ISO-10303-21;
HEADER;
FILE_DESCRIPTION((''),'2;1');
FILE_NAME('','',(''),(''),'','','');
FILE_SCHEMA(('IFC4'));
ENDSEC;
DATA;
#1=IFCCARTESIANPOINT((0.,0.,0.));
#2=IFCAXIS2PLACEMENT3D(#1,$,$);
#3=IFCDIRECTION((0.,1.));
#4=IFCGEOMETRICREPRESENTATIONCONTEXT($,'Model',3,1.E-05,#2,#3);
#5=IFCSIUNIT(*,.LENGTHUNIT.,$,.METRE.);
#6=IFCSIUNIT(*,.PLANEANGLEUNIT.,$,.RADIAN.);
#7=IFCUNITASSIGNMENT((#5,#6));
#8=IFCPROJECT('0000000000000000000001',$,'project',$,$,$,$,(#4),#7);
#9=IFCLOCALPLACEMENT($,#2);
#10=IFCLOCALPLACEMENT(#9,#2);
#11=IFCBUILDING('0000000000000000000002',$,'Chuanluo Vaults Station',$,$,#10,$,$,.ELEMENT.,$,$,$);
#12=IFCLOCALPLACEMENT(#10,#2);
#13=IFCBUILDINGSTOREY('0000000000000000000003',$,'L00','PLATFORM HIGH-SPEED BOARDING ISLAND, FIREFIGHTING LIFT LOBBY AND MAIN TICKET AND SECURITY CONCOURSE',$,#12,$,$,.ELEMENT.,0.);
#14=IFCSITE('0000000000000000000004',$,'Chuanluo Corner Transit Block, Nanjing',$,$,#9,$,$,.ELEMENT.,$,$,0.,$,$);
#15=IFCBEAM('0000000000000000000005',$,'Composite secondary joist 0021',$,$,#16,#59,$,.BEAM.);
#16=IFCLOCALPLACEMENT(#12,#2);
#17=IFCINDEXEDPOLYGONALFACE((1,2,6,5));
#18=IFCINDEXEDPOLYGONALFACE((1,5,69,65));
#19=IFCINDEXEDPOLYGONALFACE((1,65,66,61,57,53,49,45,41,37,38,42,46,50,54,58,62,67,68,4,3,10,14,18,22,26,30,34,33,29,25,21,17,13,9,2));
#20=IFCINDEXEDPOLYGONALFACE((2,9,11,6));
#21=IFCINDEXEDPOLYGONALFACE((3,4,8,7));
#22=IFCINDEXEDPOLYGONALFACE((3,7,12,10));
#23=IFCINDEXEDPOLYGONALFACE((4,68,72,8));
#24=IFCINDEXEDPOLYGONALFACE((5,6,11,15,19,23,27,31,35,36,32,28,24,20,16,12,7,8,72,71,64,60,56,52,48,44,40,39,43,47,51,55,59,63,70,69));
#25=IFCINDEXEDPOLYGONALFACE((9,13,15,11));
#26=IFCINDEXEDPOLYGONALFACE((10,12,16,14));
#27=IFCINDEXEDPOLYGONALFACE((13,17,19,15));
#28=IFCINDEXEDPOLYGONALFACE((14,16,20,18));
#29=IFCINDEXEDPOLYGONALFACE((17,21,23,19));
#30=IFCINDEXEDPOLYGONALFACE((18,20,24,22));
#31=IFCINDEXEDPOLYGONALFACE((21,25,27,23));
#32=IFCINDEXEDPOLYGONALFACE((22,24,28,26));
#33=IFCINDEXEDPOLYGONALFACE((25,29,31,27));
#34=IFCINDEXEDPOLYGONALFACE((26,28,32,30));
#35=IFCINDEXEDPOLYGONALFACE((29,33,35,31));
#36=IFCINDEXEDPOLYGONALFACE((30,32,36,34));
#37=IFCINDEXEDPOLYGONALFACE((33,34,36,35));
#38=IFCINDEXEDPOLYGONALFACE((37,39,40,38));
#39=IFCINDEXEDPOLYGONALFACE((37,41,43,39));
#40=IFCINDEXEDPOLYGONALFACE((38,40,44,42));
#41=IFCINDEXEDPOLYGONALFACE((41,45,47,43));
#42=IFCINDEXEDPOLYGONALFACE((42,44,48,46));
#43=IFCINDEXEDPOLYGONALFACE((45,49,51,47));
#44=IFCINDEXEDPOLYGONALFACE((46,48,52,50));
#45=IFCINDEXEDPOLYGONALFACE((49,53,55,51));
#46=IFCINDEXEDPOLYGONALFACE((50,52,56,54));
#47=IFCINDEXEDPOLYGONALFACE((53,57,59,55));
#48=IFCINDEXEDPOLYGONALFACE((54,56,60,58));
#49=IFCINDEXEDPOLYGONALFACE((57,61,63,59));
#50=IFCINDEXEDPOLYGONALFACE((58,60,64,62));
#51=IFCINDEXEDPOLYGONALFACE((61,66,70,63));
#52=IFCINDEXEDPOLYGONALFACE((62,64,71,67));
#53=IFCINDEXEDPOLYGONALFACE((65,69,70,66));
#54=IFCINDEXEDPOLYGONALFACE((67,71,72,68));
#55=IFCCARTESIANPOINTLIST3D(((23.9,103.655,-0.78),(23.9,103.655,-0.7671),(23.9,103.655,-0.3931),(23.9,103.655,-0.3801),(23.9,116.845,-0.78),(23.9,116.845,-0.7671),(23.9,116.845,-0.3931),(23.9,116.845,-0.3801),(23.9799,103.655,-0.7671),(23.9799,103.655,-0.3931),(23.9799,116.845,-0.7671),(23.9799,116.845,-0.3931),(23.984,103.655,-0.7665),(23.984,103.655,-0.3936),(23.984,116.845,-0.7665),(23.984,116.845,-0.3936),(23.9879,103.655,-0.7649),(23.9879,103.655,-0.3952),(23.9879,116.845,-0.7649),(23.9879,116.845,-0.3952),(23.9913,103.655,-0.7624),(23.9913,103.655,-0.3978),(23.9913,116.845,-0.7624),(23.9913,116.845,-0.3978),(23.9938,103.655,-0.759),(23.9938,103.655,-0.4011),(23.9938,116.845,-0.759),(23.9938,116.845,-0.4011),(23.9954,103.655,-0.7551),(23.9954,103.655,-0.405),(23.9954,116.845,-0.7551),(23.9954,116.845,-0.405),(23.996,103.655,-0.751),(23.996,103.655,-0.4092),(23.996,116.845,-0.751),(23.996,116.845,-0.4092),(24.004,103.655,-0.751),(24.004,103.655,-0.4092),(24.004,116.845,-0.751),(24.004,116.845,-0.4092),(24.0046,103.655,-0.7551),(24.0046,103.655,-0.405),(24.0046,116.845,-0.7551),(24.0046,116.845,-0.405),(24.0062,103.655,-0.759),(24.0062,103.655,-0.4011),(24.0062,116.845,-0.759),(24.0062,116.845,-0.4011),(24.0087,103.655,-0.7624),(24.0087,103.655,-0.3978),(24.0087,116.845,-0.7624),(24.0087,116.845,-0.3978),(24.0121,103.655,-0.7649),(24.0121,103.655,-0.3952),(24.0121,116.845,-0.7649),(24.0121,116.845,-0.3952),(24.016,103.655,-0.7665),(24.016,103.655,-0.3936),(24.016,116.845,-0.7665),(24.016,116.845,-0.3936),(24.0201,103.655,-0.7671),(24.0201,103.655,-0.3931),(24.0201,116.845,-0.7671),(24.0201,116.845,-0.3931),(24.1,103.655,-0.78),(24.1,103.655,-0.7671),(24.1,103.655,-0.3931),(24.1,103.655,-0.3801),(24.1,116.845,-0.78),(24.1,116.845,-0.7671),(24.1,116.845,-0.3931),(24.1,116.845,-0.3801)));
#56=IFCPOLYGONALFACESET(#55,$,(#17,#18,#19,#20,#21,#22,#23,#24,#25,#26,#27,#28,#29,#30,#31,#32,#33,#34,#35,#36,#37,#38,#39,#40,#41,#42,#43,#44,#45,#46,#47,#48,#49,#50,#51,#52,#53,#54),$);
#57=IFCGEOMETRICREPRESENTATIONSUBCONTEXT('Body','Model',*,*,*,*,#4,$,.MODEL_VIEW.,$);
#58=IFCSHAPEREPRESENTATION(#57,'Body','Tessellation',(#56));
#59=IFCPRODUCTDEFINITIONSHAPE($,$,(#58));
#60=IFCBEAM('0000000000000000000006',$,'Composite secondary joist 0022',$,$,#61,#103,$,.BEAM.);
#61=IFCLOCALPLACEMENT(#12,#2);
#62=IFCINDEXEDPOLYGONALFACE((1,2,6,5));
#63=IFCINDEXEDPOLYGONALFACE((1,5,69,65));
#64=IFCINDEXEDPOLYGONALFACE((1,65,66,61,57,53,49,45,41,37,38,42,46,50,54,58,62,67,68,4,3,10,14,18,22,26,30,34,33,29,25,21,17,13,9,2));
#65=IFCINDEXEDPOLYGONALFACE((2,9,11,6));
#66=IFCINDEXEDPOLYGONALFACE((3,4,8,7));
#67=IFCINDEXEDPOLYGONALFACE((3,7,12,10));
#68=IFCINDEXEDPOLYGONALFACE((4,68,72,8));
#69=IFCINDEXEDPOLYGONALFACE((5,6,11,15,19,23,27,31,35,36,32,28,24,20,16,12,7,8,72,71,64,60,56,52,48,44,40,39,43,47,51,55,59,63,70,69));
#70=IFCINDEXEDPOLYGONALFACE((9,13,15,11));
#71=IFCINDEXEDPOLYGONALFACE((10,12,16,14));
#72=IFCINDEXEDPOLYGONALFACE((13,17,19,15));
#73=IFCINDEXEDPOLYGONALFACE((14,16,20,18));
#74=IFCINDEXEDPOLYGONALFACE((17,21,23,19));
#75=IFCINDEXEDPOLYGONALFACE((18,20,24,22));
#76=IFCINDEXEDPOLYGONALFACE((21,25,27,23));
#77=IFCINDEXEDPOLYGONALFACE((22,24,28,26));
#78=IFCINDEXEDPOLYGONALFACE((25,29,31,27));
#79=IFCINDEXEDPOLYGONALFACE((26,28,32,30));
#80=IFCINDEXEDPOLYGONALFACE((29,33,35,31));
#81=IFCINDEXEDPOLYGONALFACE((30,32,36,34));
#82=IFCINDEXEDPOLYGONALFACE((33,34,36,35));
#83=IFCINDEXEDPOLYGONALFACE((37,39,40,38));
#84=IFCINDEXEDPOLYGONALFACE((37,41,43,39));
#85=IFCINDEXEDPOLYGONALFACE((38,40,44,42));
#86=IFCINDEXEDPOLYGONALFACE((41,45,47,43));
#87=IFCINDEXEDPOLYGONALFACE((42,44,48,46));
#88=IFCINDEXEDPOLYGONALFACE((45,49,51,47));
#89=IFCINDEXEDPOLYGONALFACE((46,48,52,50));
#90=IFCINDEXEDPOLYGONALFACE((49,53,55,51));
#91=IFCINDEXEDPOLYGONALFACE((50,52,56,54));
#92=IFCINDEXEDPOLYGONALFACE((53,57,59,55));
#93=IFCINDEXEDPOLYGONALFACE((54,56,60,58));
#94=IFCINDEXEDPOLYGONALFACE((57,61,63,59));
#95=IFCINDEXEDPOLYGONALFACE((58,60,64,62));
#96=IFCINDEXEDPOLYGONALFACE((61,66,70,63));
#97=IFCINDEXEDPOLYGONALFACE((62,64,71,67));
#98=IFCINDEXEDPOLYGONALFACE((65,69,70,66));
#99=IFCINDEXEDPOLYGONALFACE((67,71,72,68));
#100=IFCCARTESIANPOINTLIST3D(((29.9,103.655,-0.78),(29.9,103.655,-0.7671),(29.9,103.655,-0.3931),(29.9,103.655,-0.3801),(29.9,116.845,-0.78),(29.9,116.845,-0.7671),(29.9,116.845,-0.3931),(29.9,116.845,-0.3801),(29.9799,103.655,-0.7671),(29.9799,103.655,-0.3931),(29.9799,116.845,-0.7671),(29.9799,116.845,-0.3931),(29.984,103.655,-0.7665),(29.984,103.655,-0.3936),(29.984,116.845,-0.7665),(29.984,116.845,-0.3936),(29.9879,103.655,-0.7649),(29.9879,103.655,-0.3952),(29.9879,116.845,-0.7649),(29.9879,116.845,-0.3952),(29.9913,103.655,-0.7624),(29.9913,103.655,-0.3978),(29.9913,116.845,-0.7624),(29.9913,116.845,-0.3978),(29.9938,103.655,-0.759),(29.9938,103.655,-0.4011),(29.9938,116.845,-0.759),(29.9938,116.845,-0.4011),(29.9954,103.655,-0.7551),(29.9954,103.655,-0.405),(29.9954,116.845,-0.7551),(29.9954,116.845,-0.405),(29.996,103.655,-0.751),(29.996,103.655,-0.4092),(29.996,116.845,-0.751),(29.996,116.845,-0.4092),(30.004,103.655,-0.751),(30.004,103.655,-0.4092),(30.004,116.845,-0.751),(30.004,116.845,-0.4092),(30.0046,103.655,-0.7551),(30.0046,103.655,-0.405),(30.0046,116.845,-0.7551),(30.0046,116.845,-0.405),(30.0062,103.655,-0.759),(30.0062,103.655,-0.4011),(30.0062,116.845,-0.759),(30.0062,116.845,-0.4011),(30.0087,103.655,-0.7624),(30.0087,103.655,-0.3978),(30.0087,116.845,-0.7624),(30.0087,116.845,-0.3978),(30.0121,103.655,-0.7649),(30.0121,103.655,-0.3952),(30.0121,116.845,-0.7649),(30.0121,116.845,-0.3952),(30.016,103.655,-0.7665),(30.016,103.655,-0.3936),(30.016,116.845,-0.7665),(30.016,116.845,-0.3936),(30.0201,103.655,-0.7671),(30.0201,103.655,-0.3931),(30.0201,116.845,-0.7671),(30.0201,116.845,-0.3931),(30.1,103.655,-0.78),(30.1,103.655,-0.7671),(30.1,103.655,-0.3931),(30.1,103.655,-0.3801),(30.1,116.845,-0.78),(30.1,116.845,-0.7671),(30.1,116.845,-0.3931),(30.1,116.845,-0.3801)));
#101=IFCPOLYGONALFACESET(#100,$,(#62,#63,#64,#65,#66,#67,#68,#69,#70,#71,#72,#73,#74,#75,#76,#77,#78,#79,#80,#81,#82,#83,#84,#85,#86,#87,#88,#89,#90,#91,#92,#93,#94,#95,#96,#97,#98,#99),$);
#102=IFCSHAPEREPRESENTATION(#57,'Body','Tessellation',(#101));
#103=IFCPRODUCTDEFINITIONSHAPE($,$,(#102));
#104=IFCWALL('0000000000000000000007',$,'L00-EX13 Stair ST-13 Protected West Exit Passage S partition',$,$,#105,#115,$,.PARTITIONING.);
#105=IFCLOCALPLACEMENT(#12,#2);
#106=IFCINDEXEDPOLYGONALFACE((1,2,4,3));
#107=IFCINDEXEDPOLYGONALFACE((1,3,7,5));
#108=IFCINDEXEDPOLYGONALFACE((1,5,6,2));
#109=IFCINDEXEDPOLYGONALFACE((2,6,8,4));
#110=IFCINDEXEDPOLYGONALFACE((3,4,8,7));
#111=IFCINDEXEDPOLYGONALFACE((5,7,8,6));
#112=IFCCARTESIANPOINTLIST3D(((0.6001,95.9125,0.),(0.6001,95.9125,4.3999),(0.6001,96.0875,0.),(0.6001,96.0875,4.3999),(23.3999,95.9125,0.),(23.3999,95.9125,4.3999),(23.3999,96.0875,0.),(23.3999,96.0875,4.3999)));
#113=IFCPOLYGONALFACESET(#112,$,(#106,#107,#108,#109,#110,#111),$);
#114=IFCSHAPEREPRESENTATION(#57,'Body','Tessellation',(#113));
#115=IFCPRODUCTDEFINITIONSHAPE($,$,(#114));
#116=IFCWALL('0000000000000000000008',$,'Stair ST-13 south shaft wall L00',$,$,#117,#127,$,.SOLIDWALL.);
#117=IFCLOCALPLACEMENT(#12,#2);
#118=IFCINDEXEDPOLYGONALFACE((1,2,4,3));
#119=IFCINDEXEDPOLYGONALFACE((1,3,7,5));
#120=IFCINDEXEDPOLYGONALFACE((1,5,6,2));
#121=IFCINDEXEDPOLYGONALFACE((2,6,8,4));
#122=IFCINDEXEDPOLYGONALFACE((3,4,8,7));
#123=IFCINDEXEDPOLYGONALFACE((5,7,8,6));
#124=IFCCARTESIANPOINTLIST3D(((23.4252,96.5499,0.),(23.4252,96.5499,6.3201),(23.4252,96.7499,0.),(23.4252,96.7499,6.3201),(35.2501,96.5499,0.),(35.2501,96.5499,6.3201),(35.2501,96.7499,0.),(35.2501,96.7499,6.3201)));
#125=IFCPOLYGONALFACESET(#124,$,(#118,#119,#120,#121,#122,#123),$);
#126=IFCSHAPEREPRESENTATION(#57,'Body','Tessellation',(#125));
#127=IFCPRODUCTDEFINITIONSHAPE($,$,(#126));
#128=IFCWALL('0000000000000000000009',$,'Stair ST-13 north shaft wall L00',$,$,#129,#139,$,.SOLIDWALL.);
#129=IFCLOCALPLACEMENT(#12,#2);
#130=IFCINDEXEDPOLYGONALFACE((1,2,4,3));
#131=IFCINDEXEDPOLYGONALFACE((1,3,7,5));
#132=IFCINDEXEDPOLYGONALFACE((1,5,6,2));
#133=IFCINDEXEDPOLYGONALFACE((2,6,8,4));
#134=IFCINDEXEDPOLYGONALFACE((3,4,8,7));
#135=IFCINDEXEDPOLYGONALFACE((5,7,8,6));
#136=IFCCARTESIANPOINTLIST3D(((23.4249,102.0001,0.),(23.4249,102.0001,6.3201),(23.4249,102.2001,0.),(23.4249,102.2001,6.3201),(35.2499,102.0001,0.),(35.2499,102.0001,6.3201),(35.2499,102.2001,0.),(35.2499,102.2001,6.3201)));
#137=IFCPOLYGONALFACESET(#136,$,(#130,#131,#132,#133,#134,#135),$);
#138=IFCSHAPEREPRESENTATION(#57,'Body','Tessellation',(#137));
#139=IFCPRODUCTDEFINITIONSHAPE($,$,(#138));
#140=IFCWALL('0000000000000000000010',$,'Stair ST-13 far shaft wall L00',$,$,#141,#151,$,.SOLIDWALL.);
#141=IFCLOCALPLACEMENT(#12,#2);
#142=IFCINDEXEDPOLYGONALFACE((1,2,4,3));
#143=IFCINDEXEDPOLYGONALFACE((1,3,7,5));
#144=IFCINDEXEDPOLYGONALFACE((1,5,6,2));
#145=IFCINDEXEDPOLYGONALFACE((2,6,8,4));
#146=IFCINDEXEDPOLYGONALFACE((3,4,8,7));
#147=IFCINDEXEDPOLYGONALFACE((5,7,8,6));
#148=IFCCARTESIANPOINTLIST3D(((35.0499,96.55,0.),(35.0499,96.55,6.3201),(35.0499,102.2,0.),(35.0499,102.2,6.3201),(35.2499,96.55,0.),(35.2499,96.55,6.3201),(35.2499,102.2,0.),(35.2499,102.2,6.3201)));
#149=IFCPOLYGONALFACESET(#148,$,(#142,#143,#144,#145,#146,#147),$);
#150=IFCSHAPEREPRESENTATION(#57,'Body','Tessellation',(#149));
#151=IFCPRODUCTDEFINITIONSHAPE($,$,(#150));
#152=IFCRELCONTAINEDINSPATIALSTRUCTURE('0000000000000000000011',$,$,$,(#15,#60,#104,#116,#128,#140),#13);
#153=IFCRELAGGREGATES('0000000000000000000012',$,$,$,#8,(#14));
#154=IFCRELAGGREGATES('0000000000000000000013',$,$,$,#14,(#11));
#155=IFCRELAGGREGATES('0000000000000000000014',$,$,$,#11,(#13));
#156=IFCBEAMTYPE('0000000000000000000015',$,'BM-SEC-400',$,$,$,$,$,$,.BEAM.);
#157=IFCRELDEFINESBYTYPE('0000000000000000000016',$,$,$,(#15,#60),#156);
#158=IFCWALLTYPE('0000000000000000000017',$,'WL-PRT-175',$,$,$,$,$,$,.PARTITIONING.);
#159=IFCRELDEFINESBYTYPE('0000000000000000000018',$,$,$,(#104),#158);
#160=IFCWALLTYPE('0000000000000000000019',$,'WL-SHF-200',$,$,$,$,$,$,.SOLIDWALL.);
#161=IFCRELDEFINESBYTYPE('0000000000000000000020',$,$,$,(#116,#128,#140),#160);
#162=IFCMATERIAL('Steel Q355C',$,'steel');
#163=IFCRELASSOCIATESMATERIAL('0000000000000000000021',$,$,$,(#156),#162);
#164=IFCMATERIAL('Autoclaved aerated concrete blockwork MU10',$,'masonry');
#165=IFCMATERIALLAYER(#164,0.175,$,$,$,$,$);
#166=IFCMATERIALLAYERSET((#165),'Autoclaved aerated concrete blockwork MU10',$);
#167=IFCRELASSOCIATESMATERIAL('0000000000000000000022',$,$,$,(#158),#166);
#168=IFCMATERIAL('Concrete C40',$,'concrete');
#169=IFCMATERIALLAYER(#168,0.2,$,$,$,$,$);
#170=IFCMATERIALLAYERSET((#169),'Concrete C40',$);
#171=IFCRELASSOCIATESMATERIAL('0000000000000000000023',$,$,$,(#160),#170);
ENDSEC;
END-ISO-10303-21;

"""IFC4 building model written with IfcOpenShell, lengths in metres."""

from ifc_helpers import new_model, si_unit, direction, frame, frame_2d, origin, origin_2d, place, context, subcontext, project, spatial, rectangle, i_section, extrude, material, layer, layer_set, material_profile, profile_set, type_object, element, save


model = new_model("IFC4")

# Units and contexts
model_context = context("Model", 3, precision=1e-05, world=origin(), true_north=direction((0.0, 1.0)))
body_context = subcontext(model_context, "Body", "Model", "MODEL_VIEW")
ifc_project = project(units=[si_unit("LENGTHUNIT", "METRE"), si_unit("PLANEANGLEUNIT", "RADIAN")], contexts=[model_context])

# Site, building, storey
site_placement = place(None, origin())
site = spatial("IfcSite", under=ifc_project, at=site_placement, Name="Chuanluo Corner Transit Block, Nanjing", CompositionType="ELEMENT", RefElevation=0.0)
building_placement = place(site_placement, origin())
building = spatial("IfcBuilding", under=site, at=building_placement, Name="Chuanluo Vaults Station", CompositionType="ELEMENT")
storey_placement = place(building_placement, origin())
storey = spatial("IfcBuildingStorey", under=building, at=storey_placement, Name="L00", Description="PLATFORM HIGH-SPEED BOARDING ISLAND, FIREFIGHTING LIFT LOBBY AND MAIN TICKET AND SECURITY CONCOURSE", CompositionType="ELEMENT", Elevation=0.0)

# Beams
ifc_material_1 = material(Name="Steel Q355C", Category="steel")
ifc_material_profile_1 = material_profile(ifc_material_1, i_section(OverallWidth=0.2, OverallDepth=0.3999, WebThickness=0.0081, FlangeThickness=0.0129, FilletRadius=0.0161, at=origin_2d()))
ifc_profile_set_1 = profile_set([ifc_material_profile_1], Name="Steel Q355C")
beam_type_1 = type_object("IfcBeamType", Name="BM-SEC-400", PredefinedType="BEAM", material=ifc_profile_set_1)
for number, where, z_axis, x_axis, name in (
    (1, (24.0, 103.655, -0.5801), (0.0, 1.0, 0.0), (-1.0, 0.0, 0.0), "Composite secondary joist 0021"),
    (2, (30.0, 103.655, -0.5801), (0.0, 1.0, 0.0), (-1.0, 0.0, 0.0), "Composite secondary joist 0022"),
):
    element("IfcBeam", number, at=place(storey_placement, frame(where, z_axis=z_axis, x_axis=x_axis)), inside=storey, type_object=beam_type_1, Name=name, PredefinedType="BEAM", context=body_context, shape_type="SweptSolid", body=[
        extrude(i_section(OverallWidth=0.2, OverallDepth=0.3999, WebThickness=0.0081, FlangeThickness=0.0129, FilletRadius=0.0161, at=origin_2d()), origin(), (0.0, 0.0, 1.0), 13.1899),
    ])

# Walls
ifc_material_2 = material(Name="Autoclaved aerated concrete blockwork MU10", Category="masonry")
ifc_layer_1 = layer(ifc_material_2, 0.175)
ifc_layer_set_1 = layer_set([ifc_layer_1], Name="Autoclaved aerated concrete blockwork MU10")
wall_type_1 = type_object("IfcWallType", Name="WL-PRT-175", PredefinedType="PARTITIONING", material=ifc_layer_set_1)
wall_1_placement = place(storey_placement, frame((23.3999, 96.0, 0.0), z_axis=(0.0, 0.0, 1.0), x_axis=(-1.0, 0.0, 0.0)))
element("IfcWall", 3, at=wall_1_placement, inside=storey, type_object=wall_type_1, Name="L00-EX13 Stair ST-13 Protected West Exit Passage S partition", PredefinedType="PARTITIONING", context=body_context, shape_type="SweptSolid", body=[
    extrude(rectangle(XDim=22.7998, YDim=0.175, at=frame_2d((11.3999, 0.0))), origin(), (0.0, 0.0, 1.0), 4.3999),
])
ifc_material_3 = material(Name="Concrete C40", Category="concrete")
ifc_layer_2 = layer(ifc_material_3, 0.2)
ifc_layer_set_2 = layer_set([ifc_layer_2], Name="Concrete C40")
wall_type_2 = type_object("IfcWallType", Name="WL-SHF-200", PredefinedType="SOLIDWALL", material=ifc_layer_set_2)
for number, where, z_axis, x_axis, name in (
    (4, (23.425, 96.6499, 0.0), (0.0, 0.0, 1.0), (1.0, 0.0, 0.0), "Stair ST-13 south shaft wall L00"),
    (5, (35.25, 102.1001, 0.0), (0.0, 0.0, 1.0), (-1.0, 0.0, 0.0), "Stair ST-13 north shaft wall L00"),
):
    element("IfcWall", number, at=place(storey_placement, frame(where, z_axis=z_axis, x_axis=x_axis)), inside=storey, type_object=wall_type_2, Name=name, PredefinedType="SOLIDWALL", context=body_context, shape_type="SweptSolid", body=[
        extrude(rectangle(XDim=11.825, YDim=0.2, at=frame_2d((5.9126, 0.0))), origin(), (0.0, 0.0, 1.0), 6.3201),
    ])
wall_2_placement = place(storey_placement, frame((35.1499, 96.55, 0.0), z_axis=(0.0, 0.0, 1.0), x_axis=(0.0, 1.0, 0.0)))
element("IfcWall", 6, at=wall_2_placement, inside=storey, type_object=wall_type_2, Name="Stair ST-13 far shaft wall L00", PredefinedType="SOLIDWALL", context=body_context, shape_type="SweptSolid", body=[
    extrude(rectangle(XDim=5.6499, YDim=0.2, at=frame_2d((2.825, 0.0))), origin(), (0.0, 0.0, 1.0), 6.3201),
])

save(model, "model.ifc")
